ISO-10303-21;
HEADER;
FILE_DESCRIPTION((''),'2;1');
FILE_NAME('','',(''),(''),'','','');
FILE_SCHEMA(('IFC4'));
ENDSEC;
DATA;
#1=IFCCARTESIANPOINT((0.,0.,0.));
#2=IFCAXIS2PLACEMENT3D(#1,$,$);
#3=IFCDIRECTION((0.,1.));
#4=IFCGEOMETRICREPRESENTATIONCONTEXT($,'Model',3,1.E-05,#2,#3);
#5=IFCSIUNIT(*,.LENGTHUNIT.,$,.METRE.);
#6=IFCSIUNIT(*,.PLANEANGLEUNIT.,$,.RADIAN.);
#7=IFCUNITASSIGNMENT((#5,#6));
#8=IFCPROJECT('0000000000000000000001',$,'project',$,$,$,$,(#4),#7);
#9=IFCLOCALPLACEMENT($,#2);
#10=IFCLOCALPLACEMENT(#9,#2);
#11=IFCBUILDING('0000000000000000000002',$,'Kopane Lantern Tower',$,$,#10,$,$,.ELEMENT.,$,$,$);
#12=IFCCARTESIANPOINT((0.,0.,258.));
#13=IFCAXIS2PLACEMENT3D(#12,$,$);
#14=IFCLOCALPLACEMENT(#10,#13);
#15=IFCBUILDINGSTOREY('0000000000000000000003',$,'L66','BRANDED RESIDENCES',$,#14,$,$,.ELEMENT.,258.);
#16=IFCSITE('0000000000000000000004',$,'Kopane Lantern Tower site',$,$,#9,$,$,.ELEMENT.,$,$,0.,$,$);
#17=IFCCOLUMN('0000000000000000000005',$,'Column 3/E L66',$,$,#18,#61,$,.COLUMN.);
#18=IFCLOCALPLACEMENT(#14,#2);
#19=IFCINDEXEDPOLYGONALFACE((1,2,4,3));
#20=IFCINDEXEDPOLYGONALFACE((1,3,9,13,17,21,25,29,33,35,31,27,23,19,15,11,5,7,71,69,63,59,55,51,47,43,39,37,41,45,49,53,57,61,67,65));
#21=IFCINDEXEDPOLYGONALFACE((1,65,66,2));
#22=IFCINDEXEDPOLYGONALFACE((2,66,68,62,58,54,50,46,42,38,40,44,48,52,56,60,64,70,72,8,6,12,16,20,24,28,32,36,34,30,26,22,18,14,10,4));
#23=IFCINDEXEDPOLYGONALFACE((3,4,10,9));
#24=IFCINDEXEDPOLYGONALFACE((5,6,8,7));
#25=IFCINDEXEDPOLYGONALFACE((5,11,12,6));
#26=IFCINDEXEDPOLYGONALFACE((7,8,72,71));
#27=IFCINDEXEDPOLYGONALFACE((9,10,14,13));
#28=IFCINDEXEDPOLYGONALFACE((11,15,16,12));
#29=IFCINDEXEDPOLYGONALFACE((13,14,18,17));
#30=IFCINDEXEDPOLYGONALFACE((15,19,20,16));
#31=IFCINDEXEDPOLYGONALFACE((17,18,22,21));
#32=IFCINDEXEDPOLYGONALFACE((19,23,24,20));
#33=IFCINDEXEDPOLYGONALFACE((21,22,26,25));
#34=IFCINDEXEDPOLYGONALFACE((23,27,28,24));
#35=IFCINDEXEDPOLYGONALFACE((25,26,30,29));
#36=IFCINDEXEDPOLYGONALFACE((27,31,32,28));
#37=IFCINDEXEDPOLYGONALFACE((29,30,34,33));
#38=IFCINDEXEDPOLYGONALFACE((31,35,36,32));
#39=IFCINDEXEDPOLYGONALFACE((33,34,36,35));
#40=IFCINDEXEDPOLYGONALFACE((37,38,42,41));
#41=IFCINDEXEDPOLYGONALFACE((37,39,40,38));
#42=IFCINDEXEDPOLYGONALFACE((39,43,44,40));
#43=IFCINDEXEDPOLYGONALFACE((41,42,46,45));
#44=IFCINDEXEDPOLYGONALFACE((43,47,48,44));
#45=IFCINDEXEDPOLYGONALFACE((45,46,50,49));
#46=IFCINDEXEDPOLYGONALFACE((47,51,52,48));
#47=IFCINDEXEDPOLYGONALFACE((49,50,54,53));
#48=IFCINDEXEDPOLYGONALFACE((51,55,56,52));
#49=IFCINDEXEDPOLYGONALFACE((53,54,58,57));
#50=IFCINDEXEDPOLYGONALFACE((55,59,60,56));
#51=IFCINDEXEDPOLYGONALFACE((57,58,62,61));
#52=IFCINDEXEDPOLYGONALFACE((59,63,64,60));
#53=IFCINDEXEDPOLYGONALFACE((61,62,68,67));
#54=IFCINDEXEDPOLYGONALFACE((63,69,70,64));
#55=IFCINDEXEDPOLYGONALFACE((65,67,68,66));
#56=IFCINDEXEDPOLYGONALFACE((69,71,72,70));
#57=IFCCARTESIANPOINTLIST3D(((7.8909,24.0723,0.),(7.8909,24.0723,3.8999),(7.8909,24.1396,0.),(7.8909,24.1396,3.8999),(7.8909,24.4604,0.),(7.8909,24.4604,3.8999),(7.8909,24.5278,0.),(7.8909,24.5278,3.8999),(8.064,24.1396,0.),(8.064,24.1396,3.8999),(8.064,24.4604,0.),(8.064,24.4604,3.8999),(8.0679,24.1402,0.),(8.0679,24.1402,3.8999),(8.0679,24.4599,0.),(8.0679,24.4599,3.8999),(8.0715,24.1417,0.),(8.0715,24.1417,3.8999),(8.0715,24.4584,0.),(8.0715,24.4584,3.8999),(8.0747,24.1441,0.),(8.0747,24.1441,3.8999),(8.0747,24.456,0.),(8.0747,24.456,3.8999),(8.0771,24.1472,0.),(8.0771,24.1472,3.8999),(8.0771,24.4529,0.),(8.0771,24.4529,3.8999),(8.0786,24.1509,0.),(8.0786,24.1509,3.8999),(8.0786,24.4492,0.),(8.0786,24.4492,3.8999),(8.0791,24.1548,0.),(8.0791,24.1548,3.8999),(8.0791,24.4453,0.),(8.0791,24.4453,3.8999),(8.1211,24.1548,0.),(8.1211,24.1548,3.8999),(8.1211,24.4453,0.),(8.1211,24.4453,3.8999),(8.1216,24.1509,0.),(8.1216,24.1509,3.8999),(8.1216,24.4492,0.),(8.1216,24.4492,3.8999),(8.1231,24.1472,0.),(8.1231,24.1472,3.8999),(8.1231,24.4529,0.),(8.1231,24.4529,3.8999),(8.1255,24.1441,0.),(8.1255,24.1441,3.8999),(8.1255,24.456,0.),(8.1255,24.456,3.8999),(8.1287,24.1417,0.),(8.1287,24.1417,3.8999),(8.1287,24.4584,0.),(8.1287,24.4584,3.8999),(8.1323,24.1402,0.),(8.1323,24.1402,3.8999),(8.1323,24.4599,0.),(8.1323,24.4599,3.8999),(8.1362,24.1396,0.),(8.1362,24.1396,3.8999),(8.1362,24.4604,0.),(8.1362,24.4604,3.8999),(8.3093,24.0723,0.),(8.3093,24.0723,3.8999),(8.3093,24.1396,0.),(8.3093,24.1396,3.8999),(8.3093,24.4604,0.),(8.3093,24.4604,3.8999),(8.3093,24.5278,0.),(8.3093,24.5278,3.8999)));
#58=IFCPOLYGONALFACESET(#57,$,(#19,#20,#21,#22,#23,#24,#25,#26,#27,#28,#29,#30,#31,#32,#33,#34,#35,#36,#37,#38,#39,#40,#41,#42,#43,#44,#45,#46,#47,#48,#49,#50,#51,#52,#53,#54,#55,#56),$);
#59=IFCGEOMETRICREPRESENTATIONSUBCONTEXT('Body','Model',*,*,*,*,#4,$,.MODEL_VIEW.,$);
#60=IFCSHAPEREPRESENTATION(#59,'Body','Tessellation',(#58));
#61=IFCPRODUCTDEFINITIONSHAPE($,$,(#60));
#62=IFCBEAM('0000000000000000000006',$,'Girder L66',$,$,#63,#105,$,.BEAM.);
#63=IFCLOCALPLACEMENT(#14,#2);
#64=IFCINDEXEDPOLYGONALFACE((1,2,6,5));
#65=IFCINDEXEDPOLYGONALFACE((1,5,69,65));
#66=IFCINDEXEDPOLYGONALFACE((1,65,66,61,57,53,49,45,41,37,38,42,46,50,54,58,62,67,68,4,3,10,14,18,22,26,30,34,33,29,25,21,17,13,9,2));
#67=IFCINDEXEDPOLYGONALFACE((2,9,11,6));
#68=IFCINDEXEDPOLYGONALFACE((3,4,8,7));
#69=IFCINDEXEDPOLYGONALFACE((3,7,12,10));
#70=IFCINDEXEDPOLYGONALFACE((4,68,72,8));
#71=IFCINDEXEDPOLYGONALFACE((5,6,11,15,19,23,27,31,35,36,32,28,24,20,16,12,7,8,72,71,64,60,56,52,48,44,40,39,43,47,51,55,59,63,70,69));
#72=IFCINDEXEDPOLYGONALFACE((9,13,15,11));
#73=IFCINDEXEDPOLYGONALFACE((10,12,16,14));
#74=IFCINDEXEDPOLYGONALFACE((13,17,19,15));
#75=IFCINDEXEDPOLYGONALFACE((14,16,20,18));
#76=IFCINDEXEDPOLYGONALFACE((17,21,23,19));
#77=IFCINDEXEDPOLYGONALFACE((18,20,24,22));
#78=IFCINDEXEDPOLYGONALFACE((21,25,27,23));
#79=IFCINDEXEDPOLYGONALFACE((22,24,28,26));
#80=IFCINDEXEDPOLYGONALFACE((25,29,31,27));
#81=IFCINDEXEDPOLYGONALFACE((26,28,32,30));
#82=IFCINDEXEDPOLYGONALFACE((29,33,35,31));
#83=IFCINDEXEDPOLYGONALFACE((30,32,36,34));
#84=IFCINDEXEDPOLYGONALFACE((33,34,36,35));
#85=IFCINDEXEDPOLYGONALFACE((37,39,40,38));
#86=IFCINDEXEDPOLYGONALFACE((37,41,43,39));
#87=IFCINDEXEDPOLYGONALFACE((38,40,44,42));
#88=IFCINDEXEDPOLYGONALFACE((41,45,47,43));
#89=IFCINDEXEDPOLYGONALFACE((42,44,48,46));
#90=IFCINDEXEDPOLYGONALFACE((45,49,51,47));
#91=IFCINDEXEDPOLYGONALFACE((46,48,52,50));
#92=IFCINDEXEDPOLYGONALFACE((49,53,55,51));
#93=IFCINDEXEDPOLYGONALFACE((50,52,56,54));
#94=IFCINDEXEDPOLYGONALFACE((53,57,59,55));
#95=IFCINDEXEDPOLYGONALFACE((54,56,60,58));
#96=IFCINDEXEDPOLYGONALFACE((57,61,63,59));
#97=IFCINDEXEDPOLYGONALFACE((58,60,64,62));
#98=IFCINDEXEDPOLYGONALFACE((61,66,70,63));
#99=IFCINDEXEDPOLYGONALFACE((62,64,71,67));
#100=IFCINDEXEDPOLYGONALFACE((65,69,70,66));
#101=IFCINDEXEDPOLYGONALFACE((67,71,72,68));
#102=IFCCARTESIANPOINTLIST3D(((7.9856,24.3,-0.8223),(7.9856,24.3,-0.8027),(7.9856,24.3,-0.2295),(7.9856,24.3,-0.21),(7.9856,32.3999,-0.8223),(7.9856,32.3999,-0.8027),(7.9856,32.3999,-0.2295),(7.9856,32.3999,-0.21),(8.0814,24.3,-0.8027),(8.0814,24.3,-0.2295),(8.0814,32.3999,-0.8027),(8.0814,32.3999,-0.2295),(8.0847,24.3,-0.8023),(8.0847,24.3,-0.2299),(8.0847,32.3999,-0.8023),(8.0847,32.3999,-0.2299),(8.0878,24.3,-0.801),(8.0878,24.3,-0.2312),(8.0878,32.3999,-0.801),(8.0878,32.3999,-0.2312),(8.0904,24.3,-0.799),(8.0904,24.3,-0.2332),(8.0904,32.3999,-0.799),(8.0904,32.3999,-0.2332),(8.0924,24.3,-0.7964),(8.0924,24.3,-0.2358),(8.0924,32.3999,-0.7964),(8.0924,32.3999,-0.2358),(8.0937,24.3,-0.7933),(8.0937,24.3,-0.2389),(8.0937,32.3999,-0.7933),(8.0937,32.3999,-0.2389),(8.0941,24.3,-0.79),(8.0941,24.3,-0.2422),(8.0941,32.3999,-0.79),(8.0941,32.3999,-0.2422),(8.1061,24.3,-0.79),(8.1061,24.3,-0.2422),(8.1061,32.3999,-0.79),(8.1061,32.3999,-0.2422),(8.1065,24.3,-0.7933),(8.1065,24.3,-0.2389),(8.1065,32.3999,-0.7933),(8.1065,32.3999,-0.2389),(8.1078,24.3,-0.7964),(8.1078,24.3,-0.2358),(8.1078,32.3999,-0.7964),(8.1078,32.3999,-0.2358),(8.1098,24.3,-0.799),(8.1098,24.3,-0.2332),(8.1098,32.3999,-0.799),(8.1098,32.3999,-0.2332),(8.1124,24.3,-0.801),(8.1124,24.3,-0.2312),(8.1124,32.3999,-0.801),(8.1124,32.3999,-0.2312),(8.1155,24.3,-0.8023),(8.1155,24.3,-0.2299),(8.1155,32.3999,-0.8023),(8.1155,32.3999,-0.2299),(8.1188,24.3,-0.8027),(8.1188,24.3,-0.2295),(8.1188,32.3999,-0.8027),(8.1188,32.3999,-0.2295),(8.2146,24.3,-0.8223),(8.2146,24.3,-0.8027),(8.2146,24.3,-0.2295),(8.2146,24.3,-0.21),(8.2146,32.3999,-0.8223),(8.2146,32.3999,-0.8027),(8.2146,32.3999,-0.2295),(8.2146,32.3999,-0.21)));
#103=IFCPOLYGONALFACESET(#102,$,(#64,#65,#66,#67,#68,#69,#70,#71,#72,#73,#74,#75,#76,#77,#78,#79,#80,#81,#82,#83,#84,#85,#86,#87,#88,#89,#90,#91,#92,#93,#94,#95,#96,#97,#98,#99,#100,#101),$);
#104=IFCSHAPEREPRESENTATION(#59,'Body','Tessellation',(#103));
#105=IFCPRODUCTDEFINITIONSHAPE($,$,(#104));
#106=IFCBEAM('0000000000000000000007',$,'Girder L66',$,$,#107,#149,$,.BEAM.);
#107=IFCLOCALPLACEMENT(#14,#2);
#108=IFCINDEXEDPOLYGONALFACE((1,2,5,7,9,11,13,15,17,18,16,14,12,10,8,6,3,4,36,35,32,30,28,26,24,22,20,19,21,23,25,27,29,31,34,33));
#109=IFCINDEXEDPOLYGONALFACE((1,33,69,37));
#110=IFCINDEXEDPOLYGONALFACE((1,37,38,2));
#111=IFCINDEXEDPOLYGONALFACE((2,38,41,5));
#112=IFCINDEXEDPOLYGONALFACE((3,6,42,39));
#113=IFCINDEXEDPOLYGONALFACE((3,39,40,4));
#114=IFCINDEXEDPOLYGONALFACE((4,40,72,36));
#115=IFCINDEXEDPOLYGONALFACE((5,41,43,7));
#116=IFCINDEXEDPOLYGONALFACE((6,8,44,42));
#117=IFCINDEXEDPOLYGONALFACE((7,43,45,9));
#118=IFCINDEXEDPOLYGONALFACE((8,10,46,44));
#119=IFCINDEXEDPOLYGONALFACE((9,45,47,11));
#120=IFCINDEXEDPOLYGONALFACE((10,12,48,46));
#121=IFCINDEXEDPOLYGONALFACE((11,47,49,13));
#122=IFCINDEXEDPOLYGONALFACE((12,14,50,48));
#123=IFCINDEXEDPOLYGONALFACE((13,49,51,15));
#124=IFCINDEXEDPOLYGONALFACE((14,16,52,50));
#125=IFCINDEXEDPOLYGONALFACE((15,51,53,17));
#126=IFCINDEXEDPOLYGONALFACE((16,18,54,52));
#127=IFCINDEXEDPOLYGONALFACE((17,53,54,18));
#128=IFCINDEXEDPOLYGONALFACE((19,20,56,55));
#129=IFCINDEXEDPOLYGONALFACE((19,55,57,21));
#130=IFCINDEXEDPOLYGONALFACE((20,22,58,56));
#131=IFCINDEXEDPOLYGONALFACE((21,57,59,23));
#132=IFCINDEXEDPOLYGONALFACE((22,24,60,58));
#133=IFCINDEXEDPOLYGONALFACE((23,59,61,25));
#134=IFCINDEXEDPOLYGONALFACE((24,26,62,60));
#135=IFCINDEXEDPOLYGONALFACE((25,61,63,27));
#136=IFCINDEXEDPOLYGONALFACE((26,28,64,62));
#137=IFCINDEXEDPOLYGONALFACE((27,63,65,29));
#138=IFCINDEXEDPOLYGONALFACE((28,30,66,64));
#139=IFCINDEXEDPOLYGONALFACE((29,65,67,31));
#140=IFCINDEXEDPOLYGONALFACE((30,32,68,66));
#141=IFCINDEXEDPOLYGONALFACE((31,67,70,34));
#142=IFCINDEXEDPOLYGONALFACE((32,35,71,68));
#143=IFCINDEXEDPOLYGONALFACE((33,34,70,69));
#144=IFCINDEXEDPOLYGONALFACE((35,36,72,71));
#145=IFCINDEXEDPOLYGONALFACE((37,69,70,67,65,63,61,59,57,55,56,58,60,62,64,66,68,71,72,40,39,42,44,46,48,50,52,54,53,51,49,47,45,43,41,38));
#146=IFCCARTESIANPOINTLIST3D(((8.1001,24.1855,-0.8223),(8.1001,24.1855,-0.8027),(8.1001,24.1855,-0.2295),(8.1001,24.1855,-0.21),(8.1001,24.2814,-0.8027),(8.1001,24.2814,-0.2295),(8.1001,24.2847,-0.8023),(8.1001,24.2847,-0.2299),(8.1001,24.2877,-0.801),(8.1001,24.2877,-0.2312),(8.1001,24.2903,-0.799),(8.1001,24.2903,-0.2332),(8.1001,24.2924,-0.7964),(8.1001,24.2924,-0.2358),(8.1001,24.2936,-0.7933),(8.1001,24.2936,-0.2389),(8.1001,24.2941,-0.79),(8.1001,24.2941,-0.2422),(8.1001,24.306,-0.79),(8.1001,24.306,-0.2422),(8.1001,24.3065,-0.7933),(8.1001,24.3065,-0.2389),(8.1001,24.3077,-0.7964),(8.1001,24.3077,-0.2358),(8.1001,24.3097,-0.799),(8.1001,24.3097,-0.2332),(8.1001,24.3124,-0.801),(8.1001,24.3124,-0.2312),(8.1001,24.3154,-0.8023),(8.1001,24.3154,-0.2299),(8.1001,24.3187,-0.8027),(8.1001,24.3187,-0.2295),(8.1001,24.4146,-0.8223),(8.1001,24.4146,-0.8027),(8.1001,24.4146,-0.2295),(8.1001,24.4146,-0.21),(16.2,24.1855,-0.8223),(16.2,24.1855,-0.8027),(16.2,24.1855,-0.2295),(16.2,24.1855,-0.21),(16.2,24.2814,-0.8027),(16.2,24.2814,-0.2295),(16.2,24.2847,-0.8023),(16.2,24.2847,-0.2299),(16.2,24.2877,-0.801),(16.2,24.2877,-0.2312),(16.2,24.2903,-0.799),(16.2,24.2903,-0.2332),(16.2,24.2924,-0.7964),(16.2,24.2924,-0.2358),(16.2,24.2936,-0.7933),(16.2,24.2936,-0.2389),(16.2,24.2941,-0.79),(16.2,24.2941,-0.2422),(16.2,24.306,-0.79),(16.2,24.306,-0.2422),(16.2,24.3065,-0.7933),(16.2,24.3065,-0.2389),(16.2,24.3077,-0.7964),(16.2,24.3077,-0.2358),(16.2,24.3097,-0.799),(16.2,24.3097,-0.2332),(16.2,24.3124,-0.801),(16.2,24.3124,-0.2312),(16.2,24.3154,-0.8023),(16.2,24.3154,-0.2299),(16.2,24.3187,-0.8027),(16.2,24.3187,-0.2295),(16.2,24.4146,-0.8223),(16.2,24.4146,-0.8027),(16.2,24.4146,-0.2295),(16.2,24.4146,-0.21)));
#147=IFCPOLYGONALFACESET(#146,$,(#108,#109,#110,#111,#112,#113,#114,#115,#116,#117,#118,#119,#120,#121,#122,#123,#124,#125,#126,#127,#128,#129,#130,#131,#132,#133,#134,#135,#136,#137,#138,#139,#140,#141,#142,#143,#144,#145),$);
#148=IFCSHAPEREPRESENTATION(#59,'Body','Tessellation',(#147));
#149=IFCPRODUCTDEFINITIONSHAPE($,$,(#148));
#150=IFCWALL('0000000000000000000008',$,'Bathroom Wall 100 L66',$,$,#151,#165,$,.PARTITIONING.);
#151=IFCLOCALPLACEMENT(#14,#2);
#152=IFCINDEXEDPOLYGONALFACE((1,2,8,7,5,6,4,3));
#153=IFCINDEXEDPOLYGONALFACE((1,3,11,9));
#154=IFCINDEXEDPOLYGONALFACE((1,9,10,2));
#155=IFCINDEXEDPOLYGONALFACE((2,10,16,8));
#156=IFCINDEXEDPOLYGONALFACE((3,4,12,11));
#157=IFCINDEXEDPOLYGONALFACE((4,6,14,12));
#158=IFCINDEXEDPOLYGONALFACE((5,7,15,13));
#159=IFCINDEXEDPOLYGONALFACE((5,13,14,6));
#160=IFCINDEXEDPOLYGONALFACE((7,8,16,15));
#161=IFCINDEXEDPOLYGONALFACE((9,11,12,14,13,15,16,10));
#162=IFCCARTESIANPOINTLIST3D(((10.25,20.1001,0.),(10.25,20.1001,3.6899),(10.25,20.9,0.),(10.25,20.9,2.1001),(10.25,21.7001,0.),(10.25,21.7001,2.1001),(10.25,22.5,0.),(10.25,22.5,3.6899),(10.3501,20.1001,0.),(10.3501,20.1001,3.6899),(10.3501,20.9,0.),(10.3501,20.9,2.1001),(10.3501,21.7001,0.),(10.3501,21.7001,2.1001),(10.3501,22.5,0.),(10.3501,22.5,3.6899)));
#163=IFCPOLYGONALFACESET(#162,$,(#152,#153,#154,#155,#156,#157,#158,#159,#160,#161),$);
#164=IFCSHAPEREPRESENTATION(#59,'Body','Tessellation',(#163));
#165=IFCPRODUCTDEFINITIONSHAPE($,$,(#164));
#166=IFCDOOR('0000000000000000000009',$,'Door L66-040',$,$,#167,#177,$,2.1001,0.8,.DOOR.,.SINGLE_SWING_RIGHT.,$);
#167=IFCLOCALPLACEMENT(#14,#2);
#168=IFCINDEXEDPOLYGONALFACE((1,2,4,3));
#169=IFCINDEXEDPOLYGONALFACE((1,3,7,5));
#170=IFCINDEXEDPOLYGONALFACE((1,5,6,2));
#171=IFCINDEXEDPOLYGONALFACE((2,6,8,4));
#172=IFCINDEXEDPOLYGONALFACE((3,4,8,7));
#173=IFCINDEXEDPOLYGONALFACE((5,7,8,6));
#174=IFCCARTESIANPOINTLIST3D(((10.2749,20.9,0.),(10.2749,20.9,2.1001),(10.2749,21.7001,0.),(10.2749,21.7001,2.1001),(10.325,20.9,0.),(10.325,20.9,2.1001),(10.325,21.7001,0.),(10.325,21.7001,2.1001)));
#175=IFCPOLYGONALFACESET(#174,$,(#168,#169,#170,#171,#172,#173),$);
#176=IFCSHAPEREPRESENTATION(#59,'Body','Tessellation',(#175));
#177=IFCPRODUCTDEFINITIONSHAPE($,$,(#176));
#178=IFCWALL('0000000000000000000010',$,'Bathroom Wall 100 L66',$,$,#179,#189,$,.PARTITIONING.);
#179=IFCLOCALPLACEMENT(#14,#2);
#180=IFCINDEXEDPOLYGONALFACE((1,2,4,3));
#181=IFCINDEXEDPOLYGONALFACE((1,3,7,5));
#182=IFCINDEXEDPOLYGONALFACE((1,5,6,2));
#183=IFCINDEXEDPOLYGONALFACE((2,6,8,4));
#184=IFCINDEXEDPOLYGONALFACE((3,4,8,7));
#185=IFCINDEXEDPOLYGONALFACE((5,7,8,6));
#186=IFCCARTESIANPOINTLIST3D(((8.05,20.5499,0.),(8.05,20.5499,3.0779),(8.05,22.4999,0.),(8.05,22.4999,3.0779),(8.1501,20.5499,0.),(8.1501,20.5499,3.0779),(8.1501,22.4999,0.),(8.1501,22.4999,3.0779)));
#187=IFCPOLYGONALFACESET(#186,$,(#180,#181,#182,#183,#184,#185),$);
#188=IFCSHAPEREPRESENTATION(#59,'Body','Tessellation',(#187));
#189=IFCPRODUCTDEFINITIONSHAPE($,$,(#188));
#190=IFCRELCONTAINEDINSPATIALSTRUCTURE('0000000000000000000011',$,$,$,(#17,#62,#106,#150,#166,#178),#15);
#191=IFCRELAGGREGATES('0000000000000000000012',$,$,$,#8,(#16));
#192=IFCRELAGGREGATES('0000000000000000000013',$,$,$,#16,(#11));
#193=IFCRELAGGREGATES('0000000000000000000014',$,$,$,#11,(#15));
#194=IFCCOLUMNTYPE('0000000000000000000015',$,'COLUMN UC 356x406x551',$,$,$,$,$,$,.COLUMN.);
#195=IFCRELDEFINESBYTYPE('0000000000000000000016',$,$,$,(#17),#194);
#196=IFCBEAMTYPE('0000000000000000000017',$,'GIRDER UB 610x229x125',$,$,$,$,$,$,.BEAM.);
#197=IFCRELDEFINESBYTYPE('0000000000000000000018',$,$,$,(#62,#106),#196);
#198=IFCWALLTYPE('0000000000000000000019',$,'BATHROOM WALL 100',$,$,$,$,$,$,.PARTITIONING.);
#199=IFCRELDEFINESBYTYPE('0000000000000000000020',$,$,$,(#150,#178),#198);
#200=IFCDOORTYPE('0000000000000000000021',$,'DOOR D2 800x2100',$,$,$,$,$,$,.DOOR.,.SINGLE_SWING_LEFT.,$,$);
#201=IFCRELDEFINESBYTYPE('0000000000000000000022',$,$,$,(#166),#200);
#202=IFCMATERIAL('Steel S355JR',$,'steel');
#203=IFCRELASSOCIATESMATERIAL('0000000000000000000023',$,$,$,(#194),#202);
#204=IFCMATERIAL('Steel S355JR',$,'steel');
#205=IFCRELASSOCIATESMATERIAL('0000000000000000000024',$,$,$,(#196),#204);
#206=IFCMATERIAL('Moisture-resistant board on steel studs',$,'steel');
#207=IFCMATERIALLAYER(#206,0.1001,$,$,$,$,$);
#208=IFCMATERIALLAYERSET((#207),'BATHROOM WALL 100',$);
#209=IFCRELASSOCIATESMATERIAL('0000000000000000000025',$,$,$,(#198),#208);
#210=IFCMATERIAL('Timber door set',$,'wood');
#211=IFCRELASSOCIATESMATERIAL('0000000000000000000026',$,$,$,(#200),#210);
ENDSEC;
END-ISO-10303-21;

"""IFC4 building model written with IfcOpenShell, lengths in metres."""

from ifc_helpers import new_model, si_unit, direction, frame, frame_2d, origin, origin_2d, place, context, subcontext, project, spatial, rectangle, i_section, extrude, material, layer, layer_set, material_profile, profile_set, type_object, element, fill, save


model = new_model("IFC4")

# Units and contexts
model_context = context("Model", 3, precision=1e-05, world=origin(), true_north=direction((0.0, 1.0)))
body_context = subcontext(model_context, "Body", "Model", "MODEL_VIEW")
ifc_project = project(units=[si_unit("LENGTHUNIT", "METRE"), si_unit("PLANEANGLEUNIT", "RADIAN")], contexts=[model_context])

# Site, building, storey
site_placement = place(None, origin())
site = spatial("IfcSite", under=ifc_project, at=site_placement, Name="Kopane Lantern Tower site", CompositionType="ELEMENT", RefElevation=0.0)
building_placement = place(site_placement, origin())
building = spatial("IfcBuilding", under=site, at=building_placement, Name="Kopane Lantern Tower", CompositionType="ELEMENT")
storey_placement = place(building_placement, frame((0.0, 0.0, 258.0)))
storey = spatial("IfcBuildingStorey", under=building, at=storey_placement, Name="L66", Description="BRANDED RESIDENCES", CompositionType="ELEMENT", Elevation=258.0)

# Column
ifc_material_1 = material(Name="Steel S355JR", Category="steel")
ifc_material_profile_1 = material_profile(ifc_material_1, i_section(OverallWidth=0.4185, OverallDepth=0.4556, WebThickness=0.042, FlangeThickness=0.0674, FilletRadius=0.0151, at=origin_2d()), Name="UC 356x406x551")
ifc_profile_set_1 = profile_set([ifc_material_profile_1], Name="Steel S355JR")
column_type = type_object("IfcColumnType", Name="COLUMN UC 356x406x551", PredefinedType="COLUMN", material=ifc_profile_set_1)
column_placement = place(storey_placement, frame((8.1001, 24.3, 0.0), z_axis=(0.0, 0.0, 1.0), x_axis=(1.0, 0.0, 0.0)))
element("IfcColumn", 1, at=column_placement, inside=storey, type_object=column_type, Name="Column 3/E L66", PredefinedType="COLUMN", context=body_context, shape_type="SweptSolid", body=[
    extrude(i_section(OverallWidth=0.4185, OverallDepth=0.4556, WebThickness=0.042, FlangeThickness=0.0674, FilletRadius=0.0151, at=origin_2d()), origin(), (0.0, 0.0, 1.0), 3.8999),
])

# Beams
ifc_material_2 = material(Name="Steel S355JR", Category="steel")
ifc_material_profile_2 = material_profile(ifc_material_2, i_section(OverallWidth=0.229, OverallDepth=0.6123, WebThickness=0.012, FlangeThickness=0.0195, FilletRadius=0.0127, at=origin_2d()), Name="UB 610x229x125")
ifc_profile_set_2 = profile_set([ifc_material_profile_2], Name="Steel S355JR")
beam_type = type_object("IfcBeamType", Name="GIRDER UB 610x229x125", PredefinedType="BEAM", material=ifc_profile_set_2)
for number, where, z_axis, x_axis, name in (
    (2, (8.1001, 24.3, -0.5161), (0.0, 1.0, 0.0), (-1.0, 0.0, 0.0), "Girder L66"),
    (3, (8.1001, 24.3, -0.5161), (1.0, 0.0, 0.0), (0.0, 1.0, 0.0), "Girder L66"),
):
    element("IfcBeam", number, at=place(storey_placement, frame(where, z_axis=z_axis, x_axis=x_axis)), inside=storey, type_object=beam_type, Name=name, PredefinedType="BEAM", context=body_context, shape_type="SweptSolid", body=[
        extrude(i_section(OverallWidth=0.229, OverallDepth=0.6123, WebThickness=0.012, FlangeThickness=0.0195, FilletRadius=0.0127, at=origin_2d()), origin(), (0.0, 0.0, 1.0), 8.0999),
    ])

# Wall, opening, door
ifc_material_3 = material(Name="Moisture-resistant board on steel studs", Category="steel")
ifc_layer_1 = layer(ifc_material_3, 0.1001)
ifc_layer_set_1 = layer_set([ifc_layer_1], Name="BATHROOM WALL 100")
wall_type_1 = type_object("IfcWallType", Name="BATHROOM WALL 100", PredefinedType="PARTITIONING", material=ifc_layer_set_1)
wall_1_placement = place(storey_placement, frame((10.3, 22.5, 0.0), z_axis=(0.0, 0.0, 1.0), x_axis=(0.0, -1.0, 0.0)))
wall_1 = element("IfcWall", 4, at=wall_1_placement, inside=storey, type_object=wall_type_1, Name="Bathroom Wall 100 L66", PredefinedType="PARTITIONING", context=body_context, shape_type="SweptSolid", body=[
    extrude(rectangle(XDim=2.3999, YDim=0.1001, at=frame_2d((1.2, 0.0))), origin(), (0.0, 0.0, 1.0), 3.6899),
])
opening_1_placement = place(wall_1_placement, frame((0.8, 0.0, 0.0)))
opening_1 = element("IfcOpeningElement", 5, at=opening_1_placement, cuts=wall_1, PredefinedType="OPENING", context=body_context, shape_type="SweptSolid", body=[
    extrude(rectangle(XDim=0.8, YDim=2.1001, at=frame_2d((0.3999, 1.05))), frame((0.0, 0.0601, 0.0), z_axis=(0.0, -1.0, 0.0), x_axis=(1.0, 0.0, 0.0)), (0.0, 0.0, 1.0), 0.1201),
])
ifc_material_4 = material(Name="Timber door set", Category="wood")
door_type_1 = type_object("IfcDoorType", Name="DOOR D2 800x2100", OperationType="SINGLE_SWING_LEFT", PredefinedType="DOOR", material=ifc_material_4)
door_1_placement = place(opening_1_placement, origin())
door_1 = element("IfcDoor", 6, at=door_1_placement, inside=storey, type_object=door_type_1, Name="Door L66-040", OperationType="SINGLE_SWING_RIGHT", OverallHeight=2.1001, OverallWidth=0.8, PredefinedType="DOOR", context=body_context, shape_type="SweptSolid", body=[
    extrude(rectangle(XDim=0.8, YDim=2.1001, at=frame_2d((0.3999, 1.05))), frame((0.0, 0.0249, 0.0), z_axis=(0.0, -1.0, 0.0), x_axis=(1.0, 0.0, 0.0)), (0.0, 0.0, 1.0), 0.05),
])
fill(opening_1, door_1)

# Wall
wall_2_placement = place(storey_placement, frame((8.1001, 22.5, 0.0), z_axis=(0.0, 0.0, 1.0), x_axis=(0.0, -1.0, 0.0)))
element("IfcWall", 7, at=wall_2_placement, inside=storey, type_object=wall_type_1, Name="Bathroom Wall 100 L66", PredefinedType="PARTITIONING", context=body_context, shape_type="SweptSolid", body=[
    extrude(rectangle(XDim=1.95, YDim=0.1001, at=frame_2d((0.9751, 0.0))), origin(), (0.0, 0.0, 1.0), 3.0779),
])

save(model, "model.ifc")
